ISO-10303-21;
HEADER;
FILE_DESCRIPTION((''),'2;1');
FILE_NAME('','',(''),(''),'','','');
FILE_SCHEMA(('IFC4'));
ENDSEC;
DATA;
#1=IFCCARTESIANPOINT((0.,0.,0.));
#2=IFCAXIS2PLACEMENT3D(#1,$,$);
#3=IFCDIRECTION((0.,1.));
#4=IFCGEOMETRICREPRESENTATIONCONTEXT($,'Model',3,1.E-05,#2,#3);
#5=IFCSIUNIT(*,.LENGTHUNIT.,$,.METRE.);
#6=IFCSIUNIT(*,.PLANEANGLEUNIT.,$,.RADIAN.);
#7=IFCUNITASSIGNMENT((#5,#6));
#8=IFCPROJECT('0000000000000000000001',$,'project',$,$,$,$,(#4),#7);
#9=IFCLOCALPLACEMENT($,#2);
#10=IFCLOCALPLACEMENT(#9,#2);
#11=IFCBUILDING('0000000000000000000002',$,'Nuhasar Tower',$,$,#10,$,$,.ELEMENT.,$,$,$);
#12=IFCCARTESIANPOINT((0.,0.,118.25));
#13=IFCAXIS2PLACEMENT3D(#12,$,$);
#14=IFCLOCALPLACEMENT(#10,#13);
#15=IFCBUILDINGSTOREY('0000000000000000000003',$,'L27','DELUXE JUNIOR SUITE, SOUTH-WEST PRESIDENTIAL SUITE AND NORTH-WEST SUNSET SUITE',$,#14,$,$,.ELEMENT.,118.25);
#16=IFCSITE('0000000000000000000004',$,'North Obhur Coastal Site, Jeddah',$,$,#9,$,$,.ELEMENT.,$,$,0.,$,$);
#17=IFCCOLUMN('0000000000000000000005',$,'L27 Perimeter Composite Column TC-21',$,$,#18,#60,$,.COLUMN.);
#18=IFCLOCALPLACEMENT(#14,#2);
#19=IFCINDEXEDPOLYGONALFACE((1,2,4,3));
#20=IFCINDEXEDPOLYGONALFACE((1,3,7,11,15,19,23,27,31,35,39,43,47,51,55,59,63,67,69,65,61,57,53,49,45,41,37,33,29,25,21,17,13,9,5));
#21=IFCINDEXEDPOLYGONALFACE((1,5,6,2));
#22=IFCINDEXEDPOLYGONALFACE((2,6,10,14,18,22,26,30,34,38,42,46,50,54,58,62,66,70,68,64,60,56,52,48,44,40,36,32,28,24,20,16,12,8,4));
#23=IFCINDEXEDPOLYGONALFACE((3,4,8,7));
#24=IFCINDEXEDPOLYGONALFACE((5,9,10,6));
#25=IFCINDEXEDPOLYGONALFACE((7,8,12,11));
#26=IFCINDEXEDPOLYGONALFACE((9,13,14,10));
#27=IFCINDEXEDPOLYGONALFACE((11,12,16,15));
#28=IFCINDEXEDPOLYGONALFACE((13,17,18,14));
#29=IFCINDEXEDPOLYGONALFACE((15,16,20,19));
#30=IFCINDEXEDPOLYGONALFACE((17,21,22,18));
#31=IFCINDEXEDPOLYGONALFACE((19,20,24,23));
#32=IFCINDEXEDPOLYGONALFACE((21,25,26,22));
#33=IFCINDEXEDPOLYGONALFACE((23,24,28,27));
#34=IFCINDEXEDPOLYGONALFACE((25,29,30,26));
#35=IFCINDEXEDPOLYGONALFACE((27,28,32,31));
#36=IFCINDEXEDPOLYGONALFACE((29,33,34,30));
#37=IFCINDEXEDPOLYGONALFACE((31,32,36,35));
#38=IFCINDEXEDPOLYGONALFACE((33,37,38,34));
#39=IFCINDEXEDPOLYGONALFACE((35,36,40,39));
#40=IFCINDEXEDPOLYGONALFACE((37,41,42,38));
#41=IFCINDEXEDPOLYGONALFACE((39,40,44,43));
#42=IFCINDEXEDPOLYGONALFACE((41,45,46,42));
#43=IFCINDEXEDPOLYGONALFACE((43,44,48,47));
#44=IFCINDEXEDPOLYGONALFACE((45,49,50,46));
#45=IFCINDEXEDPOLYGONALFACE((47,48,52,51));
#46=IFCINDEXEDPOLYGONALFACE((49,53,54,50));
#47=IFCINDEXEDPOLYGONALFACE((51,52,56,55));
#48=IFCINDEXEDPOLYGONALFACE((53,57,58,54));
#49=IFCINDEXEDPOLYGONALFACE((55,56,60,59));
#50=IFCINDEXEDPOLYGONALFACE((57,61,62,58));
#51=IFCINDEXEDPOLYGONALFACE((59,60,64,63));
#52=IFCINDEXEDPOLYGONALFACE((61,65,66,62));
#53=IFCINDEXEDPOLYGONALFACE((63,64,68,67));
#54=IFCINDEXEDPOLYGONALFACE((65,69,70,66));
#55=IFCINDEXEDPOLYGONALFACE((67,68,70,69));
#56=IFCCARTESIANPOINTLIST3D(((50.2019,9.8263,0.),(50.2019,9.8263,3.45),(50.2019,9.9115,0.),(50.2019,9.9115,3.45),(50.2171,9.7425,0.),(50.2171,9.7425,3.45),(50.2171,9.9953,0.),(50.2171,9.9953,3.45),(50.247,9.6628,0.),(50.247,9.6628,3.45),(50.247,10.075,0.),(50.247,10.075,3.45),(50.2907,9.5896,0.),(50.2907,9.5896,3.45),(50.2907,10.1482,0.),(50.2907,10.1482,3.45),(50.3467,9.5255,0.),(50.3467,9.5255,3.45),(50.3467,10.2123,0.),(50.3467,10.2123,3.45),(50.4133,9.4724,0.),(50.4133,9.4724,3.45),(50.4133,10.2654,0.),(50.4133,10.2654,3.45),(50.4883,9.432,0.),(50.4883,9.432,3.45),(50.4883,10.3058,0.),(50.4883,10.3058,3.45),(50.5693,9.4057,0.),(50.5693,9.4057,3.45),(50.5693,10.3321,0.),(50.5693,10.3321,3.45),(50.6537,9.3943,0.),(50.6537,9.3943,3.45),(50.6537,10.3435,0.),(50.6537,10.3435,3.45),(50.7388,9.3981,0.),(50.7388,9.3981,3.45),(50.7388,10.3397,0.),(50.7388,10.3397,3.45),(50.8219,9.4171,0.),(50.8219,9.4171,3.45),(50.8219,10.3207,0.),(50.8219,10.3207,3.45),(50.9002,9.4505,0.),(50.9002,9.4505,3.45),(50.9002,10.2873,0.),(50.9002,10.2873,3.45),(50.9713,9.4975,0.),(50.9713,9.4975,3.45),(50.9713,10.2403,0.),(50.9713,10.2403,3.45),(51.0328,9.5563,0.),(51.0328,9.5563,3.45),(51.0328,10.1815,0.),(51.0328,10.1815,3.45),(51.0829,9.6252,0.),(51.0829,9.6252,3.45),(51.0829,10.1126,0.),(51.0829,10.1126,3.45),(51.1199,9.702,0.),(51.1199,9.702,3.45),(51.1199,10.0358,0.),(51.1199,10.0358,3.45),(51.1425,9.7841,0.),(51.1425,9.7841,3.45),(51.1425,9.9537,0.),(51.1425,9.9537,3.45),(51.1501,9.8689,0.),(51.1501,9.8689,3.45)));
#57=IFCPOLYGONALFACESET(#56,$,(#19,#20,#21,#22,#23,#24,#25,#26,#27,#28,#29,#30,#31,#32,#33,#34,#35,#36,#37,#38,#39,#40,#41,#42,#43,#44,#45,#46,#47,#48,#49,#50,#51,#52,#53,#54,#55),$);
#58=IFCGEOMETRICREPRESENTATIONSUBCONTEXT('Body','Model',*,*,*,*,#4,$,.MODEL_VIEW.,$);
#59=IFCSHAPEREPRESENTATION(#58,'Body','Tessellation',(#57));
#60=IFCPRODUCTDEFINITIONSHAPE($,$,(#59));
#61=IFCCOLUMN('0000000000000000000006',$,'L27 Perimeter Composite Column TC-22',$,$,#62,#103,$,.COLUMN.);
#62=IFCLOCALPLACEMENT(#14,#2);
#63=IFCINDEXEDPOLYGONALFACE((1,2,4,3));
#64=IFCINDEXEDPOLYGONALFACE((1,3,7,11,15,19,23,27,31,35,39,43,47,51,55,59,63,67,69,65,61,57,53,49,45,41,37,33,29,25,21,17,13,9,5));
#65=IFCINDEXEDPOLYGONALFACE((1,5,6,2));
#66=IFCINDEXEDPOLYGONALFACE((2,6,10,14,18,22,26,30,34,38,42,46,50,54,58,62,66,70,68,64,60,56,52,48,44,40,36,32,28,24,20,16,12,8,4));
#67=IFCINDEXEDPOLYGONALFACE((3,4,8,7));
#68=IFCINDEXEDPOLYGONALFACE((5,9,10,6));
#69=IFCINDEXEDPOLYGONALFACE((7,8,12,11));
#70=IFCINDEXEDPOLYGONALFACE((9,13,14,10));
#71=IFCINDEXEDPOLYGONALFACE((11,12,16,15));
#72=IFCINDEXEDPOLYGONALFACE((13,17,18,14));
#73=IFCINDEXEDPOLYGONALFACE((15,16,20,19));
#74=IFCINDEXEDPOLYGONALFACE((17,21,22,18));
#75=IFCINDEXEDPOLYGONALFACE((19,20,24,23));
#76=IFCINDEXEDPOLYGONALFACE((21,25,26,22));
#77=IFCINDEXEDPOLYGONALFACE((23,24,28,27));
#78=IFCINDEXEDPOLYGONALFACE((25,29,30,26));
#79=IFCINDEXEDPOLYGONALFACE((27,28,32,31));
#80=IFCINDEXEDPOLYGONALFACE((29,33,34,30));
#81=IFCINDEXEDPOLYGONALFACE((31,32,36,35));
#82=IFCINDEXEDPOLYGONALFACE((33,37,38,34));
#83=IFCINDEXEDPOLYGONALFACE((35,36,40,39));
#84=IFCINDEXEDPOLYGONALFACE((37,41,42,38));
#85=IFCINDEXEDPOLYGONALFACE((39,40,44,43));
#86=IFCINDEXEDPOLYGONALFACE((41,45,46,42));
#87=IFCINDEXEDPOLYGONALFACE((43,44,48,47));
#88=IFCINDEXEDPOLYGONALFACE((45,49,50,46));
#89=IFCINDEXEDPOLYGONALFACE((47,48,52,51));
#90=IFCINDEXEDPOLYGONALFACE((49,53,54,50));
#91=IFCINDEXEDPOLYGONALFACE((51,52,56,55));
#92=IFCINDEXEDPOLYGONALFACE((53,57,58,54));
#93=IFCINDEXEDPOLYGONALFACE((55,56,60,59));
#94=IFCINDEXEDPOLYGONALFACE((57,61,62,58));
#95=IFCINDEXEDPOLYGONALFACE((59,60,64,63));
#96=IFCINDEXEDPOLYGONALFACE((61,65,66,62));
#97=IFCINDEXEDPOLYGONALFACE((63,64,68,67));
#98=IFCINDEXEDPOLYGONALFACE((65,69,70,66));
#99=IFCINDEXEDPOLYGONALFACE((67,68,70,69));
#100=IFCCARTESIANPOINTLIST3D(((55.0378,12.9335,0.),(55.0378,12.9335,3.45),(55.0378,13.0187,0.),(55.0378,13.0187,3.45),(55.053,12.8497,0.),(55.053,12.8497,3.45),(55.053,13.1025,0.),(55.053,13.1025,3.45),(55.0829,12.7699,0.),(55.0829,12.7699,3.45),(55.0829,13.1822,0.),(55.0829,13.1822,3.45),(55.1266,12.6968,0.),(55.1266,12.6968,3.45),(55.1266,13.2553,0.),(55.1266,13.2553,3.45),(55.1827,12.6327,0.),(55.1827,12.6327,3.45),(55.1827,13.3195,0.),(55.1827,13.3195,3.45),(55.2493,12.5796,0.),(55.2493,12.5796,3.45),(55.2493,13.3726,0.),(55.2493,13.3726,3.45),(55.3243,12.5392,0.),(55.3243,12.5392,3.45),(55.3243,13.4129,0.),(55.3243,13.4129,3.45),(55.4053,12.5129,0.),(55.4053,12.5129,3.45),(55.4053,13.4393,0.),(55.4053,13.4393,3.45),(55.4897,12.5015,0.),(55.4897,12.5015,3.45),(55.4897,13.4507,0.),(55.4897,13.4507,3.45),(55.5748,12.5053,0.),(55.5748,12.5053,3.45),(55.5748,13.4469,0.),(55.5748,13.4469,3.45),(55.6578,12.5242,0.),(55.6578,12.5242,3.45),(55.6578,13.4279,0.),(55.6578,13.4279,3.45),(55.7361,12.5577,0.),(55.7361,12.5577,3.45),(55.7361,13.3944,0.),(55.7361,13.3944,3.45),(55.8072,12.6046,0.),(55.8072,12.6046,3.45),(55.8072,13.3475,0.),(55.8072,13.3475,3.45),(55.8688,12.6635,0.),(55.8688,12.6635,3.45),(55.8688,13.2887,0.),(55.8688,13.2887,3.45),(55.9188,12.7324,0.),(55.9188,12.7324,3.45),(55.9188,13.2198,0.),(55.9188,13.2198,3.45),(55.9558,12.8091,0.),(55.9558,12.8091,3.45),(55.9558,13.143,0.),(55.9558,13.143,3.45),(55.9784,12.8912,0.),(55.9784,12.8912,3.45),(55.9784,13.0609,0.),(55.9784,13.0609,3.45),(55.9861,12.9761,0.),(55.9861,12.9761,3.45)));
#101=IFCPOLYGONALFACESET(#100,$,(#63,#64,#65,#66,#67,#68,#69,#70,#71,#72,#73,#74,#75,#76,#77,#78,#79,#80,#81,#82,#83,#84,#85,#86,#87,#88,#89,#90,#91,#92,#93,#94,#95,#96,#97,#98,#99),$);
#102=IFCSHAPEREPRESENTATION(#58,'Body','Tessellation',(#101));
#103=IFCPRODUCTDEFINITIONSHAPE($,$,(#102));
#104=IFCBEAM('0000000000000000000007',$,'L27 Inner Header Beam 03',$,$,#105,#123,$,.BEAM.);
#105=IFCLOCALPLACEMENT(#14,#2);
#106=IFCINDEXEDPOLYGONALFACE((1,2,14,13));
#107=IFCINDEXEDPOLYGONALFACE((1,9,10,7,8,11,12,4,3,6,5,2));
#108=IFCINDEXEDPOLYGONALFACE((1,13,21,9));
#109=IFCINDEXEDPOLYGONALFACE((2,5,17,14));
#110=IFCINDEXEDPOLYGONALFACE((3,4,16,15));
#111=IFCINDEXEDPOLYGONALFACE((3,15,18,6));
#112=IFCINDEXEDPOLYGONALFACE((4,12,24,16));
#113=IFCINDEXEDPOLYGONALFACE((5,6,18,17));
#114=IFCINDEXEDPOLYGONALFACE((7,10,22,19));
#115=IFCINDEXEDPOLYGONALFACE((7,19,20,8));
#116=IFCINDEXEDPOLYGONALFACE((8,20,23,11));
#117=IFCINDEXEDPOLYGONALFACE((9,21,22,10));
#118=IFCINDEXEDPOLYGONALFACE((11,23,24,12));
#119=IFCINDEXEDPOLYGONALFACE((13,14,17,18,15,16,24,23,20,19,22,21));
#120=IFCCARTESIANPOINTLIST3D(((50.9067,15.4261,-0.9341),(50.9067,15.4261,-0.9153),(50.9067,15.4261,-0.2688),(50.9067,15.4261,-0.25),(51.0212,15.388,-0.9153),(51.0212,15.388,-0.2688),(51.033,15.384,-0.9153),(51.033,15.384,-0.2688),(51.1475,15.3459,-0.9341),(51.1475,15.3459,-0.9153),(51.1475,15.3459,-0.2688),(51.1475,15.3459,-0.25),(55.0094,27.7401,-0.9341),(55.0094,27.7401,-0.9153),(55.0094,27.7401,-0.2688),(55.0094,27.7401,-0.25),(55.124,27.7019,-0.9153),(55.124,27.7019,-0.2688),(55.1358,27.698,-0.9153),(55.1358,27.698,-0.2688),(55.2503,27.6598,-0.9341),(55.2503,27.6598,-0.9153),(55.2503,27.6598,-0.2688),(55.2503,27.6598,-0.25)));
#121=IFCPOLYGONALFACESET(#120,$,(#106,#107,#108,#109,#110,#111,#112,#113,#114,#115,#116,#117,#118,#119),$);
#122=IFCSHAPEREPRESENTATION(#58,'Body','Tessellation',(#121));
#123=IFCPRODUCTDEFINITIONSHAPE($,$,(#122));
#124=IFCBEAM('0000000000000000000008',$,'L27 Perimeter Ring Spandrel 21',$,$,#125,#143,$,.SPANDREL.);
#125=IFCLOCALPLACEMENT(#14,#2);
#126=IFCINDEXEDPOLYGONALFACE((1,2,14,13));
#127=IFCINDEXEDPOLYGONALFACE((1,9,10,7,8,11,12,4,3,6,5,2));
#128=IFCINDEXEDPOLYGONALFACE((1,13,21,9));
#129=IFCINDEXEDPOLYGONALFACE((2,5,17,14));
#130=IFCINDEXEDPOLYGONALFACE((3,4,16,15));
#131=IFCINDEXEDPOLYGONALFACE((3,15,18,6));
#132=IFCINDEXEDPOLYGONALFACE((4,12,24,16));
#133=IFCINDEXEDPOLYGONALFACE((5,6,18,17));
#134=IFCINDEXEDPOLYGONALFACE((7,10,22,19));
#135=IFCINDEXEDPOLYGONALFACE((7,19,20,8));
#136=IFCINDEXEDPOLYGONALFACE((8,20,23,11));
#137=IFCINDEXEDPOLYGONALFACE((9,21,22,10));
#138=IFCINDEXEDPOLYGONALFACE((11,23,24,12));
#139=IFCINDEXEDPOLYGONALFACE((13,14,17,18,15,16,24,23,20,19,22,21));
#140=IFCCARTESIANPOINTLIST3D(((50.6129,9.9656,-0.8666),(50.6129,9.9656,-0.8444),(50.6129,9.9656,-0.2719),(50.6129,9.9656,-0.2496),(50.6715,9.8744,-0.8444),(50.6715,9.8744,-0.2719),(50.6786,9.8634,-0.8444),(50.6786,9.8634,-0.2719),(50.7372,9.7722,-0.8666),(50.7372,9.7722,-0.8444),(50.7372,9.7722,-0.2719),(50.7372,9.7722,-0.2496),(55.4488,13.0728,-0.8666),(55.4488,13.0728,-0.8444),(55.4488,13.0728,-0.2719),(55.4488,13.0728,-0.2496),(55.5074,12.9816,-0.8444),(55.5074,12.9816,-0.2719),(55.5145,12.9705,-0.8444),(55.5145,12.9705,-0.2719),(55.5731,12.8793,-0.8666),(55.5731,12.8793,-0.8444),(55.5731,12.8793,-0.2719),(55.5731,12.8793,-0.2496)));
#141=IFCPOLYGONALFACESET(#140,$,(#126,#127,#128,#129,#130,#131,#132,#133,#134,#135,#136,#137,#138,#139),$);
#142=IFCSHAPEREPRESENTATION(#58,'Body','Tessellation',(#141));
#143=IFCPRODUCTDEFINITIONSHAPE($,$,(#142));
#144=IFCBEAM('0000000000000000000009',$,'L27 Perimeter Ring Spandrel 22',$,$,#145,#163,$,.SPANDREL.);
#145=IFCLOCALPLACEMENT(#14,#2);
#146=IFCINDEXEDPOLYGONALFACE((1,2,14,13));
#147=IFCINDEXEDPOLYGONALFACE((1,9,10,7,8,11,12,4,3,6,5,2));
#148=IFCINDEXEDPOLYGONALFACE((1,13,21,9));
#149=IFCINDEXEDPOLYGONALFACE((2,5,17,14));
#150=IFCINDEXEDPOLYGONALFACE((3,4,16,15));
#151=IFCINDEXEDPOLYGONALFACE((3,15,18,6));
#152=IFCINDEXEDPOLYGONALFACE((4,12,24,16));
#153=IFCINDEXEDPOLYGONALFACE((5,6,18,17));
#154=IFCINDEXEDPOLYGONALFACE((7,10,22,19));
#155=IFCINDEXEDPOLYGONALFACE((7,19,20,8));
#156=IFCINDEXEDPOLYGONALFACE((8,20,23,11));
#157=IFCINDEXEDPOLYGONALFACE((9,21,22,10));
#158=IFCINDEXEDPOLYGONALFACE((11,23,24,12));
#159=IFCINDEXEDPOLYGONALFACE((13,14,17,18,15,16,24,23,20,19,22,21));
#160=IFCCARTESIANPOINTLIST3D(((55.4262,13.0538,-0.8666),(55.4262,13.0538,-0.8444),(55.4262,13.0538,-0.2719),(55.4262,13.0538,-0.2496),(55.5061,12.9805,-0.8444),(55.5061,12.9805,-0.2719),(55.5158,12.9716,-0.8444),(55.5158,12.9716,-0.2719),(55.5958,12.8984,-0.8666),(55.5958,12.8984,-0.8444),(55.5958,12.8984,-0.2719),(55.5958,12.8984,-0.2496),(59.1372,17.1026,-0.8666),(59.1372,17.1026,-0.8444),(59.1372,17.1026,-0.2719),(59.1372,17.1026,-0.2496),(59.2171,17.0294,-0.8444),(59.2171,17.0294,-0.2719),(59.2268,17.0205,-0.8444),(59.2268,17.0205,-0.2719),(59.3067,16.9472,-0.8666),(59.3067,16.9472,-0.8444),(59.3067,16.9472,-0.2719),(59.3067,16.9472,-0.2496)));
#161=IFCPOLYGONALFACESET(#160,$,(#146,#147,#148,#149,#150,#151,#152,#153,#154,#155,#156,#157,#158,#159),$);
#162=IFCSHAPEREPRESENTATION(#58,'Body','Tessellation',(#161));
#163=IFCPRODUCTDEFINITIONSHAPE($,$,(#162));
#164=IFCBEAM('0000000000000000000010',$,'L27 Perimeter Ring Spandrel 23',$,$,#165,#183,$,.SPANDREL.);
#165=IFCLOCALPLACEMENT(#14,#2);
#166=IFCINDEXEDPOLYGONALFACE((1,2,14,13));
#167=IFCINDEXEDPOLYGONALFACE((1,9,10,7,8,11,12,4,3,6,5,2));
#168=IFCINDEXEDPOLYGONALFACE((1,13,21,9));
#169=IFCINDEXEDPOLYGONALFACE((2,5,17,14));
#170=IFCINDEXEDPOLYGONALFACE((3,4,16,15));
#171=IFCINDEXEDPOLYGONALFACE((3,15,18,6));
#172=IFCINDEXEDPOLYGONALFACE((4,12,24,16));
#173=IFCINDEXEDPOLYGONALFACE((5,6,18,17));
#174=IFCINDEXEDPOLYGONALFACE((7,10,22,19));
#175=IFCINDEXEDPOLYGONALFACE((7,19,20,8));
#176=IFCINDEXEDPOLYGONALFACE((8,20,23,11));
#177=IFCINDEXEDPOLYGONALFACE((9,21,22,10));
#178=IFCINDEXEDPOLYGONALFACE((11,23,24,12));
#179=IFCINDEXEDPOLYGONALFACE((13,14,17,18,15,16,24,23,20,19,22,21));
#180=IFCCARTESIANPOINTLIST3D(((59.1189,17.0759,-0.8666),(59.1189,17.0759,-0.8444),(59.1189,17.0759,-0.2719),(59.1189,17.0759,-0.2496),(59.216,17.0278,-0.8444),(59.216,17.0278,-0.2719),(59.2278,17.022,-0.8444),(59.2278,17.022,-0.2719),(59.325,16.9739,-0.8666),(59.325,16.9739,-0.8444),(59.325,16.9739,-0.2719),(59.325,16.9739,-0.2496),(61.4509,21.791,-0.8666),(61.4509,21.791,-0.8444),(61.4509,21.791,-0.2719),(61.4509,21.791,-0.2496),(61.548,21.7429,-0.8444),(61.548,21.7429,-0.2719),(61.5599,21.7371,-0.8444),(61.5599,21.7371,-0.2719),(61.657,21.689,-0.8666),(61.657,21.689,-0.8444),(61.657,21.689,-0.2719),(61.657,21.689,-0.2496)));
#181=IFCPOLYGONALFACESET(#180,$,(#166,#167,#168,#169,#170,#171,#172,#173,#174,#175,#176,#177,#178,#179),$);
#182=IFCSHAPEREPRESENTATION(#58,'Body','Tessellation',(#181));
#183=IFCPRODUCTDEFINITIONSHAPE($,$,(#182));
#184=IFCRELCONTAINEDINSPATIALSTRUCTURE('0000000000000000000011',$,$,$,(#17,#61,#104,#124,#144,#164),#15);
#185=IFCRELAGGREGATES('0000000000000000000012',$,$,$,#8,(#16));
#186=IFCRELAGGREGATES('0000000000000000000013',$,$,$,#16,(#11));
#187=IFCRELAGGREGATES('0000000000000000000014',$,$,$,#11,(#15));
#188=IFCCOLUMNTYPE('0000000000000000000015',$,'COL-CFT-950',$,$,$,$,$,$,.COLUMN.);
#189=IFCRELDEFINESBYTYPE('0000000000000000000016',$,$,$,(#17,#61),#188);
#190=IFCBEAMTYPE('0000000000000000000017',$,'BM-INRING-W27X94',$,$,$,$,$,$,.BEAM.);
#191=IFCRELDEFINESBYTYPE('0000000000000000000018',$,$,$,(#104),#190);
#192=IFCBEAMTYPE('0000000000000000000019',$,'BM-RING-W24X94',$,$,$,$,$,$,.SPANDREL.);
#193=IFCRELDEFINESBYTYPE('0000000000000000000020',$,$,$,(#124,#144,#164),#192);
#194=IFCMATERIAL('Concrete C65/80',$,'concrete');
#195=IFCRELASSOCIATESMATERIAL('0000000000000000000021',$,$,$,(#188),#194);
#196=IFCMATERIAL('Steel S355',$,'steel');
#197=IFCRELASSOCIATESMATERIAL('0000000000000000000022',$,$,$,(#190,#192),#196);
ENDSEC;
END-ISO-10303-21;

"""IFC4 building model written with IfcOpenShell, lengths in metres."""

from ifc_helpers import new_model, si_unit, direction, frame, origin, origin_2d, place, context, subcontext, project, spatial, circle, i_section, extrude, material, material_profile, profile_set, type_object, element, save


model = new_model("IFC4")

# Units and contexts
model_context = context("Model", 3, precision=1e-05, world=origin(), true_north=direction((0.0, 1.0)))
body_context = subcontext(model_context, "Body", "Model", "MODEL_VIEW")
ifc_project = project(units=[si_unit("LENGTHUNIT", "METRE"), si_unit("PLANEANGLEUNIT", "RADIAN")], contexts=[model_context])

# Site, building, storey
site_placement = place(None, origin())
site = spatial("IfcSite", under=ifc_project, at=site_placement, Name="North Obhur Coastal Site, Jeddah", CompositionType="ELEMENT", RefElevation=0.0)
building_placement = place(site_placement, origin())
building = spatial("IfcBuilding", under=site, at=building_placement, Name="Nuhasar Tower", CompositionType="ELEMENT")
storey_placement = place(building_placement, frame((0.0, 0.0, 118.25)))
storey = spatial("IfcBuildingStorey", under=building, at=storey_placement, Name="L27", Description="DELUXE JUNIOR SUITE, SOUTH-WEST PRESIDENTIAL SUITE AND NORTH-WEST SUNSET SUITE", CompositionType="ELEMENT", Elevation=118.25)

# Columns
ifc_material_1 = material(Name="Concrete C65/80", Category="concrete")
ifc_material_profile_1 = material_profile(ifc_material_1, circle(Radius=0.4751, at=origin_2d()), Name="CFT950")
ifc_profile_set_1 = profile_set([ifc_material_profile_1], Name="Concrete C65/80")
column_type = type_object("IfcColumnType", Name="COL-CFT-950", PredefinedType="COLUMN", material=ifc_profile_set_1)
for number, where, z_axis, x_axis, name in (
    (1, (50.675, 9.8689, 0.0), (0.0, 0.0, 1.0), (1.0, 0.0, 0.0), "L27 Perimeter Composite Column TC-21"),
    (2, (55.511, 12.9761, 0.0), (0.0, 0.0, 1.0), (1.0, 0.0, 0.0), "L27 Perimeter Composite Column TC-22"),
):
    element("IfcColumn", number, at=place(storey_placement, frame(where, z_axis=z_axis, x_axis=x_axis)), inside=storey, type_object=column_type, Name=name, PredefinedType="COLUMN", context=body_context, shape_type="SweptSolid", body=[
        extrude(circle(Radius=0.4751, at=origin_2d()), origin(), (0.0, 0.0, 1.0), 3.45),
    ])

# Beams
ifc_material_2 = material(Name="Steel S355", Category="steel")
ifc_material_profile_2 = material_profile(ifc_material_2, i_section(OverallWidth=0.2539, OverallDepth=0.6841, WebThickness=0.0125, FlangeThickness=0.0188, at=origin_2d()), Name="W27X94")
ifc_profile_set_2 = profile_set([ifc_material_profile_2], Name="Steel S355")
beam_type_1 = type_object("IfcBeamType", Name="BM-INRING-W27X94", PredefinedType="BEAM", material=ifc_profile_set_2)
beam_1_placement = place(storey_placement, frame((51.0271, 15.386, -0.592), z_axis=(0.316098, 0.948727, 0.0), x_axis=(-0.948727, 0.316098, 0.0)))
element("IfcBeam", 3, at=beam_1_placement, inside=storey, type_object=beam_type_1, Name="L27 Inner Header Beam 03", PredefinedType="BEAM", context=body_context, shape_type="SweptSolid", body=[
    extrude(i_section(OverallWidth=0.2539, OverallDepth=0.6841, WebThickness=0.0125, FlangeThickness=0.0188, at=origin_2d()), origin(), (0.0, 0.0, 1.0), 12.9795),
])
ifc_material_profile_3 = material_profile(ifc_material_2, i_section(OverallWidth=0.23, OverallDepth=0.6169, WebThickness=0.0132, FlangeThickness=0.0222, at=origin_2d()), Name="W24X94")
ifc_profile_set_3 = profile_set([ifc_material_profile_3], Name="Steel S355")
beam_type_2 = type_object("IfcBeamType", Name="BM-RING-W24X94", PredefinedType="SPANDREL", material=ifc_profile_set_3)
beam_2_placement = place(storey_placement, frame((50.675, 9.8689, -0.5581), z_axis=(0.841308, 0.540556, 0.0), x_axis=(-0.540556, 0.841308, 0.0)))
element("IfcBeam", 4, at=beam_2_placement, inside=storey, type_object=beam_type_2, Name="L27 Perimeter Ring Spandrel 21", PredefinedType="SPANDREL", context=body_context, shape_type="SweptSolid", body=[
    extrude(i_section(OverallWidth=0.23, OverallDepth=0.6169, WebThickness=0.0132, FlangeThickness=0.0222, at=origin_2d()), origin(), (0.0, 0.0, 1.0), 5.748),
])
beam_3_placement = place(storey_placement, frame((55.511, 12.9761, -0.5581), z_axis=(0.675676, 0.737198, 0.0), x_axis=(-0.737198, 0.675676, 0.0)))
element("IfcBeam", 5, at=beam_3_placement, inside=storey, type_object=beam_type_2, Name="L27 Perimeter Ring Spandrel 22", PredefinedType="SPANDREL", context=body_context, shape_type="SweptSolid", body=[
    extrude(i_section(OverallWidth=0.23, OverallDepth=0.6169, WebThickness=0.0132, FlangeThickness=0.0222, at=origin_2d()), origin(), (0.0, 0.0, 1.0), 5.4922),
])
beam_4_placement = place(storey_placement, frame((59.2219, 17.0249, -0.5581), z_axis=(0.443329, 0.896359, 0.0), x_axis=(-0.896359, 0.443329, 0.0)))
element("IfcBeam", 6, at=beam_4_placement, inside=storey, type_object=beam_type_2, Name="L27 Perimeter Ring Spandrel 23", PredefinedType="SPANDREL", context=body_context, shape_type="SweptSolid", body=[
    extrude(i_section(OverallWidth=0.23, OverallDepth=0.6169, WebThickness=0.0132, FlangeThickness=0.0222, at=origin_2d()), origin(), (0.0, 0.0, 1.0), 5.2603),
])

save(model, "model.ifc")
